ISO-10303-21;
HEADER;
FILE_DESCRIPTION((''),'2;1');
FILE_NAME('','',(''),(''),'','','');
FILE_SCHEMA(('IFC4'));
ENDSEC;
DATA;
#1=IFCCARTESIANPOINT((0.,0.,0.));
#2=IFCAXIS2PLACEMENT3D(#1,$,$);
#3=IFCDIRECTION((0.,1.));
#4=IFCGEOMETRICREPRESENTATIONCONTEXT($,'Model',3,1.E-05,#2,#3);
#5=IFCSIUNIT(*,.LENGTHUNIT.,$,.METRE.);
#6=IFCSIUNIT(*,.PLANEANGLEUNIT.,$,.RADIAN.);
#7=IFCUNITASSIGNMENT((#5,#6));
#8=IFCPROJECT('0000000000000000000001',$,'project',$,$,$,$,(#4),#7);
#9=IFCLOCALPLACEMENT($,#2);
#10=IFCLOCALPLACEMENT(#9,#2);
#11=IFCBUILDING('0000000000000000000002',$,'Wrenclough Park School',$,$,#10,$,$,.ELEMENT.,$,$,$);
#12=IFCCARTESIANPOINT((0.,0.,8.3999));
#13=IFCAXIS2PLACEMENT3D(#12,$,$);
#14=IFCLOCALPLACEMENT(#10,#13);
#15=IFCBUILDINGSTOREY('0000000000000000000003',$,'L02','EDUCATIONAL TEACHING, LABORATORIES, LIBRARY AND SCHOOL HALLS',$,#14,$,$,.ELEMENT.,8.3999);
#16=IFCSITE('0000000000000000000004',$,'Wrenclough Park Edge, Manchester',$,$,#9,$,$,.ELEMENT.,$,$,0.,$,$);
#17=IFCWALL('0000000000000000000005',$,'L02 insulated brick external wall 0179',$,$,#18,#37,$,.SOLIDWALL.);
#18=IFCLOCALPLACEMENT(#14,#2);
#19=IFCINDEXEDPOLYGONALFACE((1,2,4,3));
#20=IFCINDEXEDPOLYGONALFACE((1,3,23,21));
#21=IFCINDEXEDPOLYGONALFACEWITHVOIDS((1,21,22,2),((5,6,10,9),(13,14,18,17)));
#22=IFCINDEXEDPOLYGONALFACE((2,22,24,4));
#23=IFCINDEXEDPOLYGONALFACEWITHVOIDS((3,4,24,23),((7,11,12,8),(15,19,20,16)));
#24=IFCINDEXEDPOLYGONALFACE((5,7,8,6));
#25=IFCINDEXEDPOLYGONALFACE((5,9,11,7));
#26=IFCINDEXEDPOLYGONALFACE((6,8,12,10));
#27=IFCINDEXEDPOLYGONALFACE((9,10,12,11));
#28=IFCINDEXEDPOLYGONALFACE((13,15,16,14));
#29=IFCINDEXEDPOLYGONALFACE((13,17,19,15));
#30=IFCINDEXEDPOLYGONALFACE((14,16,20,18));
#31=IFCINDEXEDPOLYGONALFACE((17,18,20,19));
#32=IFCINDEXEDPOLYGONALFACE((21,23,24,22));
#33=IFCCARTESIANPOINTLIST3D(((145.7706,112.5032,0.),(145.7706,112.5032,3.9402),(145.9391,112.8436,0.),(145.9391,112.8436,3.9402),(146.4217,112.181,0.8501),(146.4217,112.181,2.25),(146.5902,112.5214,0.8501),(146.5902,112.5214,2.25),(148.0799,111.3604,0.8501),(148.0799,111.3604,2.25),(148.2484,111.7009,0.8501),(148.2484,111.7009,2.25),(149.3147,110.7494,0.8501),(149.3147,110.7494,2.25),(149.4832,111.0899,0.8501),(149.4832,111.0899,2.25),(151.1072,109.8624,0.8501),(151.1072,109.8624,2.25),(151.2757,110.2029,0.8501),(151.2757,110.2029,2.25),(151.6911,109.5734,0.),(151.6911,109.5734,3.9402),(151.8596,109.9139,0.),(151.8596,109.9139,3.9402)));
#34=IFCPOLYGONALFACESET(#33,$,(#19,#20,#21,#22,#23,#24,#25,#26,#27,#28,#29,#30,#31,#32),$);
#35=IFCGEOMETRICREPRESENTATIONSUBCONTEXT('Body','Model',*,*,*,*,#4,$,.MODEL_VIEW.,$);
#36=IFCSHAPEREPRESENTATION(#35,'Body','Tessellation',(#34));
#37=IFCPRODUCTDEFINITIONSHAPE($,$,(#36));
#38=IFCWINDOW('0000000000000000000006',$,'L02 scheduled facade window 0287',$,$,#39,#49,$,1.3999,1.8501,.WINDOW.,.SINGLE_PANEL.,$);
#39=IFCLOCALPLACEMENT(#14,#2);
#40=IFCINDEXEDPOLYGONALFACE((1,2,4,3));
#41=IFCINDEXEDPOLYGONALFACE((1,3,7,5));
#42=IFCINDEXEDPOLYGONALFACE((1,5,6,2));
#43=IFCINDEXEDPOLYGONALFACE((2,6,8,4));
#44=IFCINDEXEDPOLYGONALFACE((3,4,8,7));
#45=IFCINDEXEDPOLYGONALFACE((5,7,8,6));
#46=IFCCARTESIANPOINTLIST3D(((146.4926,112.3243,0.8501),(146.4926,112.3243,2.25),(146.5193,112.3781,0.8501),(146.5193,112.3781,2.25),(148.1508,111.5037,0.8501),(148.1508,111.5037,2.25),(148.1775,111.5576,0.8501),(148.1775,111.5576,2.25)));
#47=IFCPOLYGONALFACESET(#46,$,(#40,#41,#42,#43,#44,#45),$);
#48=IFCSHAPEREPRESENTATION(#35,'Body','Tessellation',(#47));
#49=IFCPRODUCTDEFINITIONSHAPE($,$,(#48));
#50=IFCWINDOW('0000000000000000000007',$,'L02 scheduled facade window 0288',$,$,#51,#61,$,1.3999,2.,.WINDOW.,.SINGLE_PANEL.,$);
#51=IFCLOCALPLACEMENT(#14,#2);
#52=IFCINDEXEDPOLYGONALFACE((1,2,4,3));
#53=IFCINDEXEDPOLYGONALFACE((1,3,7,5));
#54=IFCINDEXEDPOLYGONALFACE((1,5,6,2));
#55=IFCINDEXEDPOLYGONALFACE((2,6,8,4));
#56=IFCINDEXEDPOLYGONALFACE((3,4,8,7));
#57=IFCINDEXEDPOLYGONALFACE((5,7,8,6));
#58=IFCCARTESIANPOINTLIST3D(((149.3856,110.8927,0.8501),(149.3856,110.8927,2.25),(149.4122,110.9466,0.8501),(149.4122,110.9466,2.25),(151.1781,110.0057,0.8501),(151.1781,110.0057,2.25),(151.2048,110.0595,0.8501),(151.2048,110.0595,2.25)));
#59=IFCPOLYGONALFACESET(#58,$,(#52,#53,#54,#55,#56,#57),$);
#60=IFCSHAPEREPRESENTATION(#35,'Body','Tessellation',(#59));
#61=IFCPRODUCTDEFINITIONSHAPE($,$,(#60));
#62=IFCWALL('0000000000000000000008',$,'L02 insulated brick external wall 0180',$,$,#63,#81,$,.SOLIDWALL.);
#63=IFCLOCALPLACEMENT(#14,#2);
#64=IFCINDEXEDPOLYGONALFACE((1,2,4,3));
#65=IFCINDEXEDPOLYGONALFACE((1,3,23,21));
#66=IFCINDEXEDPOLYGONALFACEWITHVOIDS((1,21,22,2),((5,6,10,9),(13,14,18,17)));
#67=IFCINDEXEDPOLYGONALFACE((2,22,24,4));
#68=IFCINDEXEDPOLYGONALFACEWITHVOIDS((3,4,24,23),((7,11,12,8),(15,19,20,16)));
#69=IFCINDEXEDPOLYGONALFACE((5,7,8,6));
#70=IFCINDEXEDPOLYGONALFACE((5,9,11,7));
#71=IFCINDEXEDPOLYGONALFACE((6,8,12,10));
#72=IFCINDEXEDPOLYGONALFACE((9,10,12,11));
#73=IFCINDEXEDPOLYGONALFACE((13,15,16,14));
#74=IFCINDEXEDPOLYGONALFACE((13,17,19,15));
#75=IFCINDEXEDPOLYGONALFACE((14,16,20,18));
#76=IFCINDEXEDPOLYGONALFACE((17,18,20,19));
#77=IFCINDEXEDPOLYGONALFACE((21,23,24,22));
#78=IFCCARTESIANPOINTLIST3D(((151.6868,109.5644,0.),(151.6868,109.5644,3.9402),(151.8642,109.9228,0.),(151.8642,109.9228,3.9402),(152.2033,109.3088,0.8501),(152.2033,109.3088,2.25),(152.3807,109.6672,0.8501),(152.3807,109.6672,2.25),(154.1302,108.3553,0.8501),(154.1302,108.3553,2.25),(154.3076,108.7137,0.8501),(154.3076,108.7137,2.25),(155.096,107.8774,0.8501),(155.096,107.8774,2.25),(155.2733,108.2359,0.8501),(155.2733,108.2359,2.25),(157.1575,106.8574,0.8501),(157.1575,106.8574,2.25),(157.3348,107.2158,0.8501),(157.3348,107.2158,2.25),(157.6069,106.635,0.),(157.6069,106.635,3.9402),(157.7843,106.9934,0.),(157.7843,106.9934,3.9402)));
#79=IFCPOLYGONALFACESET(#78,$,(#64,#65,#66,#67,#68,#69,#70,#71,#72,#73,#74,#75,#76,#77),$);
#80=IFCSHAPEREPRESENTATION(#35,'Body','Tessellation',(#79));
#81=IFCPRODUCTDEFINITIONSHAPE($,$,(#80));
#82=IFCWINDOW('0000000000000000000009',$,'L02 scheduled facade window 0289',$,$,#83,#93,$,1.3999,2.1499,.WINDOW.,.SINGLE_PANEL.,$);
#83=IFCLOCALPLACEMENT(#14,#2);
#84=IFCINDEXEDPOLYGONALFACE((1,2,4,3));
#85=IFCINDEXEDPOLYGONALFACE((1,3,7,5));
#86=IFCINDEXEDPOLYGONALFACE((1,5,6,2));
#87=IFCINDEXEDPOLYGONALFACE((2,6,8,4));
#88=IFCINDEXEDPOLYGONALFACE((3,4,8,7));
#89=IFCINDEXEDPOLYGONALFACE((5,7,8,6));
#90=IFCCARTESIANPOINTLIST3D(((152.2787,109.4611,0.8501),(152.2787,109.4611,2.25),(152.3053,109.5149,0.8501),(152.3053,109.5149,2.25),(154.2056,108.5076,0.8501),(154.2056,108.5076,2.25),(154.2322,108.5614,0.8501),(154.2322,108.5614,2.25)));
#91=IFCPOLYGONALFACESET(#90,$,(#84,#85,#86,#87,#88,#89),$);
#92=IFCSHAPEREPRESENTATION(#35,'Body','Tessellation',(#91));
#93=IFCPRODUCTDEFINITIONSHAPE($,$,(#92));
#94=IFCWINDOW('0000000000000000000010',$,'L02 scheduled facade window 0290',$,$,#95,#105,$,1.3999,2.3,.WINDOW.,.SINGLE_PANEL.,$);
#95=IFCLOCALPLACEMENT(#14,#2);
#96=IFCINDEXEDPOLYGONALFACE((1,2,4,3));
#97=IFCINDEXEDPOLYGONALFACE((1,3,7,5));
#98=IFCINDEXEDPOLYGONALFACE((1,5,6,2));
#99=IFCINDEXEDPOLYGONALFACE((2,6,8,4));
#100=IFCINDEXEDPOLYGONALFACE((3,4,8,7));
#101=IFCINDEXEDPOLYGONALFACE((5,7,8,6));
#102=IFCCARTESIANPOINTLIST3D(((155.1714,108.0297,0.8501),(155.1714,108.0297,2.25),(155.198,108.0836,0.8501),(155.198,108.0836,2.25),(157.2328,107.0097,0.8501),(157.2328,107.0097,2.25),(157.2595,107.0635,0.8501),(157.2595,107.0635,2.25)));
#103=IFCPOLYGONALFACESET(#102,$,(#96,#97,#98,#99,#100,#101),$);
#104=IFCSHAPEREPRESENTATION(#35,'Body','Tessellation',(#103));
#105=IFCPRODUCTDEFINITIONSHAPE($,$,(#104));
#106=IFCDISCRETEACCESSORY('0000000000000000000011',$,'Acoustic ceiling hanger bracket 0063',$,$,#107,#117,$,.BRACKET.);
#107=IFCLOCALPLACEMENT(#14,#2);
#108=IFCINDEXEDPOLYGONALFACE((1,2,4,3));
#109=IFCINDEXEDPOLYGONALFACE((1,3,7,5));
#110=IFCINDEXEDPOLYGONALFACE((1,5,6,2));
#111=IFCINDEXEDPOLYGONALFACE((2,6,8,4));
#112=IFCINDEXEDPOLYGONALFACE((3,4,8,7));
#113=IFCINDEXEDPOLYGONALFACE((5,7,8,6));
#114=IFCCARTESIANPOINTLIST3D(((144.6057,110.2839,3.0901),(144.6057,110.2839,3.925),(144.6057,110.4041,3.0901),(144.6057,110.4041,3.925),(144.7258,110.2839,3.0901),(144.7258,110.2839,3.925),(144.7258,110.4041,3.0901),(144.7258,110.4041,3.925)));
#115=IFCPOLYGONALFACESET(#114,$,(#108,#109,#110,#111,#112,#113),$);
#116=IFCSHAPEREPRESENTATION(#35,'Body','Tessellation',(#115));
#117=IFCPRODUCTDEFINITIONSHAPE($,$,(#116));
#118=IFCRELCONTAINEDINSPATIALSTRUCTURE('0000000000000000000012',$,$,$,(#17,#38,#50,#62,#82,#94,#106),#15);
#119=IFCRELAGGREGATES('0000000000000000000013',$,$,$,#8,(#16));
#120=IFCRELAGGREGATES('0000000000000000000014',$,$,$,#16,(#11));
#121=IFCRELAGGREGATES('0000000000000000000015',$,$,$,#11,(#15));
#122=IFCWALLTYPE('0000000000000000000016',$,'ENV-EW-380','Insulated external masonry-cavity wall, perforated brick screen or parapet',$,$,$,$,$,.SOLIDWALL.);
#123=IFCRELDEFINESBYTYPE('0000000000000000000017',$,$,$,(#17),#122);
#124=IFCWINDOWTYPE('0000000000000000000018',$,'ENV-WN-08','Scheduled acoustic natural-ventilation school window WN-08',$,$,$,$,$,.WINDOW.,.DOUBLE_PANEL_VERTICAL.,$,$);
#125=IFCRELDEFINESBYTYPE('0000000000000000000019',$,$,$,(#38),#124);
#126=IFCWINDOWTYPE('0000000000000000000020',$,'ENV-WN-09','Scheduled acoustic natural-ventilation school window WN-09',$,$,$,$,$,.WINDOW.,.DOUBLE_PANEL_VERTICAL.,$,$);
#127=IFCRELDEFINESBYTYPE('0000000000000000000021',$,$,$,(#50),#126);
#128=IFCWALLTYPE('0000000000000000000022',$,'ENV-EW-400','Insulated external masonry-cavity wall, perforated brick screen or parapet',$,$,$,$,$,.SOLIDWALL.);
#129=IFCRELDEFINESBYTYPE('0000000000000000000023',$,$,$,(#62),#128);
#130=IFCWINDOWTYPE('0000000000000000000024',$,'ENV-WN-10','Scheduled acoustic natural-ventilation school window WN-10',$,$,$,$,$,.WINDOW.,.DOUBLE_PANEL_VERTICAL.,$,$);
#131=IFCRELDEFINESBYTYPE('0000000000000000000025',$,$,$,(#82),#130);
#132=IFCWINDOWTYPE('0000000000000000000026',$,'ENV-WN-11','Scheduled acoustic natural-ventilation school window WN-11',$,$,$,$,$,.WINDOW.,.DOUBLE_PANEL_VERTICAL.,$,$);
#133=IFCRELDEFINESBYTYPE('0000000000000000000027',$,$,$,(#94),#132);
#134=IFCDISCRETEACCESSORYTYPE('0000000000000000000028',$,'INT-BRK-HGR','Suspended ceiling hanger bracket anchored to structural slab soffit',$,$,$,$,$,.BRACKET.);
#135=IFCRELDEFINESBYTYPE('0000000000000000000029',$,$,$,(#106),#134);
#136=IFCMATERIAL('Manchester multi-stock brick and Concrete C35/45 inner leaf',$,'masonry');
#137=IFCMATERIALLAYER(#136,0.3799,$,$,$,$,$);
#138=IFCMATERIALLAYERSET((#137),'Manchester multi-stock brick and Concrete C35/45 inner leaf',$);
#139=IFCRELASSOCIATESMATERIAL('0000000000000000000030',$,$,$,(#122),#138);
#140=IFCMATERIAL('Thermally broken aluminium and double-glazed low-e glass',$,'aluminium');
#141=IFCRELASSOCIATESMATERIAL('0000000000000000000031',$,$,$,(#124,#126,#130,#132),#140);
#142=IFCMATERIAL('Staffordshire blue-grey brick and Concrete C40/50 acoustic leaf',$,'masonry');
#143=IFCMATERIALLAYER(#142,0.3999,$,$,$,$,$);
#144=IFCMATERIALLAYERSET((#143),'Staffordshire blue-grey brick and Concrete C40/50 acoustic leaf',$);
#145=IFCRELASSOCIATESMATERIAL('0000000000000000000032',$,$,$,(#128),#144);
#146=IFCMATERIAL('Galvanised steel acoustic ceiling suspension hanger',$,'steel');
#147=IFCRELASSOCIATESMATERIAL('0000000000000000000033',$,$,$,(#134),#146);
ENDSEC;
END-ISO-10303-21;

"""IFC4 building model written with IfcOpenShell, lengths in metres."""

from ifc_helpers import new_model, si_unit, direction, frame, frame_2d, origin, origin_2d, place, context, subcontext, project, spatial, rectangle, extrude, material, layer, layer_set, type_object, element, fill, save


model = new_model("IFC4")

# Units and contexts
model_context = context("Model", 3, precision=1e-05, world=origin(), true_north=direction((0.0, 1.0)))
body_context = subcontext(model_context, "Body", "Model", "MODEL_VIEW")
ifc_project = project(units=[si_unit("LENGTHUNIT", "METRE"), si_unit("PLANEANGLEUNIT", "RADIAN")], contexts=[model_context])

# Site, building, storey
site_placement = place(None, origin())
site = spatial("IfcSite", under=ifc_project, at=site_placement, Name="Wrenclough Park Edge, Manchester", CompositionType="ELEMENT", RefElevation=0.0)
building_placement = place(site_placement, origin())
building = spatial("IfcBuilding", under=site, at=building_placement, Name="Wrenclough Park School", CompositionType="ELEMENT")
storey_placement = place(building_placement, frame((0.0, 0.0, 8.3999)))
storey = spatial("IfcBuildingStorey", under=building, at=storey_placement, Name="L02", Description="EDUCATIONAL TEACHING, LABORATORIES, LIBRARY AND SCHOOL HALLS", CompositionType="ELEMENT", Elevation=8.3999)

# Walls, openings, windows
ifc_material_1 = material(Name="Thermally broken aluminium and double-glazed low-e glass", Category="aluminium")
ifc_material_2 = material(Name="Manchester multi-stock brick and Concrete C35/45 inner leaf", Category="masonry")
ifc_layer_1 = layer(ifc_material_2, 0.3799)
ifc_layer_set_1 = layer_set([ifc_layer_1], Name="Manchester multi-stock brick and Concrete C35/45 inner leaf")
wall_type_1 = type_object("IfcWallType", Name="ENV-EW-380", Description="Insulated external masonry-cavity wall, perforated brick screen or parapet", PredefinedType="SOLIDWALL", material=ifc_layer_set_1)
wall_1_placement = place(storey_placement, frame((145.855, 112.6733, 0.0), z_axis=(0.0, 0.0, 1.0), x_axis=(0.896268, -0.443514, 0.0)))
wall_1 = element("IfcWall", 1, at=wall_1_placement, inside=storey, type_object=wall_type_1, Name="L02 insulated brick external wall 0179", PredefinedType="SOLIDWALL", context=body_context, shape_type="SweptSolid", body=[
    extrude(rectangle(XDim=6.6057, YDim=0.3799, at=frame_2d((3.3027, 0.0))), origin(), (0.0, 0.0, 1.0), 3.9402),
])
opening_1_placement = place(wall_1_placement, frame((0.7263, 0.0, 0.8501)))
opening_1 = element("IfcOpeningElement", 2, at=opening_1_placement, cuts=wall_1, PredefinedType="OPENING", context=body_context, shape_type="SweptSolid", body=[
    extrude(rectangle(XDim=1.8501, YDim=1.3999, at=frame_2d((0.925, 0.7))), frame((0.0, 0.2, 0.0), z_axis=(0.0, -1.0, 0.0), x_axis=(1.0, 0.0, 0.0)), (0.0, 0.0, 1.0), 0.3999),
])
opening_2_placement = place(wall_1_placement, frame((3.9541, 0.0, 0.8501)))
opening_2 = element("IfcOpeningElement", 3, at=opening_2_placement, cuts=wall_1, PredefinedType="OPENING", context=body_context, shape_type="SweptSolid", body=[
    extrude(rectangle(XDim=2.0, YDim=1.3999, at=frame_2d((1.0, 0.7))), frame((0.0, 0.2, 0.0), z_axis=(0.0, -1.0, 0.0), x_axis=(1.0, 0.0, 0.0)), (0.0, 0.0, 1.0), 0.3999),
])
window_type_1 = type_object("IfcWindowType", Name="ENV-WN-08", Description="Scheduled acoustic natural-ventilation school window WN-08", PartitioningType="DOUBLE_PANEL_VERTICAL", PredefinedType="WINDOW", material=ifc_material_1)
window_1_placement = place(opening_1_placement, origin())
window_1 = element("IfcWindow", 4, at=window_1_placement, inside=storey, type_object=window_type_1, Name="L02 scheduled facade window 0287", OverallHeight=1.3999, OverallWidth=1.8501, PartitioningType="SINGLE_PANEL", PredefinedType="WINDOW", context=body_context, shape_type="SweptSolid", body=[
    extrude(rectangle(XDim=1.8501, YDim=1.3999, at=frame_2d((0.925, 0.7))), frame((0.0, 0.03, 0.0), z_axis=(0.0, -1.0, 0.0), x_axis=(1.0, 0.0, 0.0)), (0.0, 0.0, 1.0), 0.0601),
])
fill(opening_1, window_1)
window_type_2 = type_object("IfcWindowType", Name="ENV-WN-09", Description="Scheduled acoustic natural-ventilation school window WN-09", PartitioningType="DOUBLE_PANEL_VERTICAL", PredefinedType="WINDOW", material=ifc_material_1)
window_2_placement = place(opening_2_placement, origin())
window_2 = element("IfcWindow", 5, at=window_2_placement, inside=storey, type_object=window_type_2, Name="L02 scheduled facade window 0288", OverallHeight=1.3999, OverallWidth=2.0, PartitioningType="SINGLE_PANEL", PredefinedType="WINDOW", context=body_context, shape_type="SweptSolid", body=[
    extrude(rectangle(XDim=2.0, YDim=1.3999, at=frame_2d((1.0, 0.7))), frame((0.0, 0.03, 0.0), z_axis=(0.0, -1.0, 0.0), x_axis=(1.0, 0.0, 0.0)), (0.0, 0.0, 1.0), 0.0601),
])
fill(opening_2, window_2)
ifc_material_3 = material(Name="Staffordshire blue-grey brick and Concrete C40/50 acoustic leaf", Category="masonry")
ifc_layer_2 = layer(ifc_material_3, 0.3999)
ifc_layer_set_2 = layer_set([ifc_layer_2], Name="Staffordshire blue-grey brick and Concrete C40/50 acoustic leaf")
wall_type_2 = type_object("IfcWallType", Name="ENV-EW-400", Description="Insulated external masonry-cavity wall, perforated brick screen or parapet", PredefinedType="SOLIDWALL", material=ifc_layer_set_2)
wall_2_placement = place(storey_placement, frame((151.7754, 109.7437, 0.0), z_axis=(0.0, 0.0, 1.0), x_axis=(0.896275, -0.443499, 0.0)))
wall_2 = element("IfcWall", 6, at=wall_2_placement, inside=storey, type_object=wall_type_2, Name="L02 insulated brick external wall 0180", PredefinedType="SOLIDWALL", context=body_context, shape_type="SweptSolid", body=[
    extrude(rectangle(XDim=6.6052, YDim=0.3999, at=frame_2d((3.3027, 0.0))), origin(), (0.0, 0.0, 1.0), 3.9402),
])
opening_3_placement = place(wall_2_placement, frame((0.5764, 0.0, 0.8501)))
opening_3 = element("IfcOpeningElement", 7, at=opening_3_placement, cuts=wall_2, PredefinedType="OPENING", context=body_context, shape_type="SweptSolid", body=[
    extrude(rectangle(XDim=2.1499, YDim=1.3999, at=frame_2d((1.075, 0.7))), frame((0.0, 0.21, 0.0), z_axis=(0.0, -1.0, 0.0), x_axis=(1.0, 0.0, 0.0)), (0.0, 0.0, 1.0), 0.4199),
])
opening_4_placement = place(wall_2_placement, frame((3.804, 0.0, 0.8501)))
opening_4 = element("IfcOpeningElement", 8, at=opening_4_placement, cuts=wall_2, PredefinedType="OPENING", context=body_context, shape_type="SweptSolid", body=[
    extrude(rectangle(XDim=2.3, YDim=1.3999, at=frame_2d((1.1499, 0.7))), frame((0.0, 0.21, 0.0), z_axis=(0.0, -1.0, 0.0), x_axis=(1.0, 0.0, 0.0)), (0.0, 0.0, 1.0), 0.4199),
])
window_type_3 = type_object("IfcWindowType", Name="ENV-WN-10", Description="Scheduled acoustic natural-ventilation school window WN-10", PartitioningType="DOUBLE_PANEL_VERTICAL", PredefinedType="WINDOW", material=ifc_material_1)
window_3_placement = place(opening_3_placement, origin())
window_3 = element("IfcWindow", 9, at=window_3_placement, inside=storey, type_object=window_type_3, Name="L02 scheduled facade window 0289", OverallHeight=1.3999, OverallWidth=2.1499, PartitioningType="SINGLE_PANEL", PredefinedType="WINDOW", context=body_context, shape_type="SweptSolid", body=[
    extrude(rectangle(XDim=2.1499, YDim=1.3999, at=frame_2d((1.075, 0.7))), frame((0.0, 0.03, 0.0), z_axis=(0.0, -1.0, 0.0), x_axis=(1.0, 0.0, 0.0)), (0.0, 0.0, 1.0), 0.0601),
])
fill(opening_3, window_3)
window_type_4 = type_object("IfcWindowType", Name="ENV-WN-11", Description="Scheduled acoustic natural-ventilation school window WN-11", PartitioningType="DOUBLE_PANEL_VERTICAL", PredefinedType="WINDOW", material=ifc_material_1)
window_4_placement = place(opening_4_placement, origin())
window_4 = element("IfcWindow", 10, at=window_4_placement, inside=storey, type_object=window_type_4, Name="L02 scheduled facade window 0290", OverallHeight=1.3999, OverallWidth=2.3, PartitioningType="SINGLE_PANEL", PredefinedType="WINDOW", context=body_context, shape_type="SweptSolid", body=[
    extrude(rectangle(XDim=2.3, YDim=1.3999, at=frame_2d((1.1499, 0.7))), frame((0.0, 0.03, 0.0), z_axis=(0.0, -1.0, 0.0), x_axis=(1.0, 0.0, 0.0)), (0.0, 0.0, 1.0), 0.0601),
])
fill(opening_4, window_4)

# Discrete accessory
ifc_material_4 = material(Name="Galvanised steel acoustic ceiling suspension hanger", Category="steel")
discrete_accessory_type = type_object("IfcDiscreteAccessoryType", Name="INT-BRK-HGR", Description="Suspended ceiling hanger bracket anchored to structural slab soffit", PredefinedType="BRACKET", material=ifc_material_4)
discrete_accessory_placement = place(storey_placement, frame((144.6658, 110.344, 3.0901), z_axis=(0.0, 0.0, 1.0), x_axis=(1.0, 0.0, 0.0)))
element("IfcDiscreteAccessory", 11, at=discrete_accessory_placement, inside=storey, type_object=discrete_accessory_type, Name="Acoustic ceiling hanger bracket 0063", PredefinedType="BRACKET", context=body_context, shape_type="SweptSolid", body=[
    extrude(rectangle(XDim=0.1201, YDim=0.1201, at=origin_2d()), origin(), (0.0, 0.0, 1.0), 0.835),
])

save(model, "model.ifc")
